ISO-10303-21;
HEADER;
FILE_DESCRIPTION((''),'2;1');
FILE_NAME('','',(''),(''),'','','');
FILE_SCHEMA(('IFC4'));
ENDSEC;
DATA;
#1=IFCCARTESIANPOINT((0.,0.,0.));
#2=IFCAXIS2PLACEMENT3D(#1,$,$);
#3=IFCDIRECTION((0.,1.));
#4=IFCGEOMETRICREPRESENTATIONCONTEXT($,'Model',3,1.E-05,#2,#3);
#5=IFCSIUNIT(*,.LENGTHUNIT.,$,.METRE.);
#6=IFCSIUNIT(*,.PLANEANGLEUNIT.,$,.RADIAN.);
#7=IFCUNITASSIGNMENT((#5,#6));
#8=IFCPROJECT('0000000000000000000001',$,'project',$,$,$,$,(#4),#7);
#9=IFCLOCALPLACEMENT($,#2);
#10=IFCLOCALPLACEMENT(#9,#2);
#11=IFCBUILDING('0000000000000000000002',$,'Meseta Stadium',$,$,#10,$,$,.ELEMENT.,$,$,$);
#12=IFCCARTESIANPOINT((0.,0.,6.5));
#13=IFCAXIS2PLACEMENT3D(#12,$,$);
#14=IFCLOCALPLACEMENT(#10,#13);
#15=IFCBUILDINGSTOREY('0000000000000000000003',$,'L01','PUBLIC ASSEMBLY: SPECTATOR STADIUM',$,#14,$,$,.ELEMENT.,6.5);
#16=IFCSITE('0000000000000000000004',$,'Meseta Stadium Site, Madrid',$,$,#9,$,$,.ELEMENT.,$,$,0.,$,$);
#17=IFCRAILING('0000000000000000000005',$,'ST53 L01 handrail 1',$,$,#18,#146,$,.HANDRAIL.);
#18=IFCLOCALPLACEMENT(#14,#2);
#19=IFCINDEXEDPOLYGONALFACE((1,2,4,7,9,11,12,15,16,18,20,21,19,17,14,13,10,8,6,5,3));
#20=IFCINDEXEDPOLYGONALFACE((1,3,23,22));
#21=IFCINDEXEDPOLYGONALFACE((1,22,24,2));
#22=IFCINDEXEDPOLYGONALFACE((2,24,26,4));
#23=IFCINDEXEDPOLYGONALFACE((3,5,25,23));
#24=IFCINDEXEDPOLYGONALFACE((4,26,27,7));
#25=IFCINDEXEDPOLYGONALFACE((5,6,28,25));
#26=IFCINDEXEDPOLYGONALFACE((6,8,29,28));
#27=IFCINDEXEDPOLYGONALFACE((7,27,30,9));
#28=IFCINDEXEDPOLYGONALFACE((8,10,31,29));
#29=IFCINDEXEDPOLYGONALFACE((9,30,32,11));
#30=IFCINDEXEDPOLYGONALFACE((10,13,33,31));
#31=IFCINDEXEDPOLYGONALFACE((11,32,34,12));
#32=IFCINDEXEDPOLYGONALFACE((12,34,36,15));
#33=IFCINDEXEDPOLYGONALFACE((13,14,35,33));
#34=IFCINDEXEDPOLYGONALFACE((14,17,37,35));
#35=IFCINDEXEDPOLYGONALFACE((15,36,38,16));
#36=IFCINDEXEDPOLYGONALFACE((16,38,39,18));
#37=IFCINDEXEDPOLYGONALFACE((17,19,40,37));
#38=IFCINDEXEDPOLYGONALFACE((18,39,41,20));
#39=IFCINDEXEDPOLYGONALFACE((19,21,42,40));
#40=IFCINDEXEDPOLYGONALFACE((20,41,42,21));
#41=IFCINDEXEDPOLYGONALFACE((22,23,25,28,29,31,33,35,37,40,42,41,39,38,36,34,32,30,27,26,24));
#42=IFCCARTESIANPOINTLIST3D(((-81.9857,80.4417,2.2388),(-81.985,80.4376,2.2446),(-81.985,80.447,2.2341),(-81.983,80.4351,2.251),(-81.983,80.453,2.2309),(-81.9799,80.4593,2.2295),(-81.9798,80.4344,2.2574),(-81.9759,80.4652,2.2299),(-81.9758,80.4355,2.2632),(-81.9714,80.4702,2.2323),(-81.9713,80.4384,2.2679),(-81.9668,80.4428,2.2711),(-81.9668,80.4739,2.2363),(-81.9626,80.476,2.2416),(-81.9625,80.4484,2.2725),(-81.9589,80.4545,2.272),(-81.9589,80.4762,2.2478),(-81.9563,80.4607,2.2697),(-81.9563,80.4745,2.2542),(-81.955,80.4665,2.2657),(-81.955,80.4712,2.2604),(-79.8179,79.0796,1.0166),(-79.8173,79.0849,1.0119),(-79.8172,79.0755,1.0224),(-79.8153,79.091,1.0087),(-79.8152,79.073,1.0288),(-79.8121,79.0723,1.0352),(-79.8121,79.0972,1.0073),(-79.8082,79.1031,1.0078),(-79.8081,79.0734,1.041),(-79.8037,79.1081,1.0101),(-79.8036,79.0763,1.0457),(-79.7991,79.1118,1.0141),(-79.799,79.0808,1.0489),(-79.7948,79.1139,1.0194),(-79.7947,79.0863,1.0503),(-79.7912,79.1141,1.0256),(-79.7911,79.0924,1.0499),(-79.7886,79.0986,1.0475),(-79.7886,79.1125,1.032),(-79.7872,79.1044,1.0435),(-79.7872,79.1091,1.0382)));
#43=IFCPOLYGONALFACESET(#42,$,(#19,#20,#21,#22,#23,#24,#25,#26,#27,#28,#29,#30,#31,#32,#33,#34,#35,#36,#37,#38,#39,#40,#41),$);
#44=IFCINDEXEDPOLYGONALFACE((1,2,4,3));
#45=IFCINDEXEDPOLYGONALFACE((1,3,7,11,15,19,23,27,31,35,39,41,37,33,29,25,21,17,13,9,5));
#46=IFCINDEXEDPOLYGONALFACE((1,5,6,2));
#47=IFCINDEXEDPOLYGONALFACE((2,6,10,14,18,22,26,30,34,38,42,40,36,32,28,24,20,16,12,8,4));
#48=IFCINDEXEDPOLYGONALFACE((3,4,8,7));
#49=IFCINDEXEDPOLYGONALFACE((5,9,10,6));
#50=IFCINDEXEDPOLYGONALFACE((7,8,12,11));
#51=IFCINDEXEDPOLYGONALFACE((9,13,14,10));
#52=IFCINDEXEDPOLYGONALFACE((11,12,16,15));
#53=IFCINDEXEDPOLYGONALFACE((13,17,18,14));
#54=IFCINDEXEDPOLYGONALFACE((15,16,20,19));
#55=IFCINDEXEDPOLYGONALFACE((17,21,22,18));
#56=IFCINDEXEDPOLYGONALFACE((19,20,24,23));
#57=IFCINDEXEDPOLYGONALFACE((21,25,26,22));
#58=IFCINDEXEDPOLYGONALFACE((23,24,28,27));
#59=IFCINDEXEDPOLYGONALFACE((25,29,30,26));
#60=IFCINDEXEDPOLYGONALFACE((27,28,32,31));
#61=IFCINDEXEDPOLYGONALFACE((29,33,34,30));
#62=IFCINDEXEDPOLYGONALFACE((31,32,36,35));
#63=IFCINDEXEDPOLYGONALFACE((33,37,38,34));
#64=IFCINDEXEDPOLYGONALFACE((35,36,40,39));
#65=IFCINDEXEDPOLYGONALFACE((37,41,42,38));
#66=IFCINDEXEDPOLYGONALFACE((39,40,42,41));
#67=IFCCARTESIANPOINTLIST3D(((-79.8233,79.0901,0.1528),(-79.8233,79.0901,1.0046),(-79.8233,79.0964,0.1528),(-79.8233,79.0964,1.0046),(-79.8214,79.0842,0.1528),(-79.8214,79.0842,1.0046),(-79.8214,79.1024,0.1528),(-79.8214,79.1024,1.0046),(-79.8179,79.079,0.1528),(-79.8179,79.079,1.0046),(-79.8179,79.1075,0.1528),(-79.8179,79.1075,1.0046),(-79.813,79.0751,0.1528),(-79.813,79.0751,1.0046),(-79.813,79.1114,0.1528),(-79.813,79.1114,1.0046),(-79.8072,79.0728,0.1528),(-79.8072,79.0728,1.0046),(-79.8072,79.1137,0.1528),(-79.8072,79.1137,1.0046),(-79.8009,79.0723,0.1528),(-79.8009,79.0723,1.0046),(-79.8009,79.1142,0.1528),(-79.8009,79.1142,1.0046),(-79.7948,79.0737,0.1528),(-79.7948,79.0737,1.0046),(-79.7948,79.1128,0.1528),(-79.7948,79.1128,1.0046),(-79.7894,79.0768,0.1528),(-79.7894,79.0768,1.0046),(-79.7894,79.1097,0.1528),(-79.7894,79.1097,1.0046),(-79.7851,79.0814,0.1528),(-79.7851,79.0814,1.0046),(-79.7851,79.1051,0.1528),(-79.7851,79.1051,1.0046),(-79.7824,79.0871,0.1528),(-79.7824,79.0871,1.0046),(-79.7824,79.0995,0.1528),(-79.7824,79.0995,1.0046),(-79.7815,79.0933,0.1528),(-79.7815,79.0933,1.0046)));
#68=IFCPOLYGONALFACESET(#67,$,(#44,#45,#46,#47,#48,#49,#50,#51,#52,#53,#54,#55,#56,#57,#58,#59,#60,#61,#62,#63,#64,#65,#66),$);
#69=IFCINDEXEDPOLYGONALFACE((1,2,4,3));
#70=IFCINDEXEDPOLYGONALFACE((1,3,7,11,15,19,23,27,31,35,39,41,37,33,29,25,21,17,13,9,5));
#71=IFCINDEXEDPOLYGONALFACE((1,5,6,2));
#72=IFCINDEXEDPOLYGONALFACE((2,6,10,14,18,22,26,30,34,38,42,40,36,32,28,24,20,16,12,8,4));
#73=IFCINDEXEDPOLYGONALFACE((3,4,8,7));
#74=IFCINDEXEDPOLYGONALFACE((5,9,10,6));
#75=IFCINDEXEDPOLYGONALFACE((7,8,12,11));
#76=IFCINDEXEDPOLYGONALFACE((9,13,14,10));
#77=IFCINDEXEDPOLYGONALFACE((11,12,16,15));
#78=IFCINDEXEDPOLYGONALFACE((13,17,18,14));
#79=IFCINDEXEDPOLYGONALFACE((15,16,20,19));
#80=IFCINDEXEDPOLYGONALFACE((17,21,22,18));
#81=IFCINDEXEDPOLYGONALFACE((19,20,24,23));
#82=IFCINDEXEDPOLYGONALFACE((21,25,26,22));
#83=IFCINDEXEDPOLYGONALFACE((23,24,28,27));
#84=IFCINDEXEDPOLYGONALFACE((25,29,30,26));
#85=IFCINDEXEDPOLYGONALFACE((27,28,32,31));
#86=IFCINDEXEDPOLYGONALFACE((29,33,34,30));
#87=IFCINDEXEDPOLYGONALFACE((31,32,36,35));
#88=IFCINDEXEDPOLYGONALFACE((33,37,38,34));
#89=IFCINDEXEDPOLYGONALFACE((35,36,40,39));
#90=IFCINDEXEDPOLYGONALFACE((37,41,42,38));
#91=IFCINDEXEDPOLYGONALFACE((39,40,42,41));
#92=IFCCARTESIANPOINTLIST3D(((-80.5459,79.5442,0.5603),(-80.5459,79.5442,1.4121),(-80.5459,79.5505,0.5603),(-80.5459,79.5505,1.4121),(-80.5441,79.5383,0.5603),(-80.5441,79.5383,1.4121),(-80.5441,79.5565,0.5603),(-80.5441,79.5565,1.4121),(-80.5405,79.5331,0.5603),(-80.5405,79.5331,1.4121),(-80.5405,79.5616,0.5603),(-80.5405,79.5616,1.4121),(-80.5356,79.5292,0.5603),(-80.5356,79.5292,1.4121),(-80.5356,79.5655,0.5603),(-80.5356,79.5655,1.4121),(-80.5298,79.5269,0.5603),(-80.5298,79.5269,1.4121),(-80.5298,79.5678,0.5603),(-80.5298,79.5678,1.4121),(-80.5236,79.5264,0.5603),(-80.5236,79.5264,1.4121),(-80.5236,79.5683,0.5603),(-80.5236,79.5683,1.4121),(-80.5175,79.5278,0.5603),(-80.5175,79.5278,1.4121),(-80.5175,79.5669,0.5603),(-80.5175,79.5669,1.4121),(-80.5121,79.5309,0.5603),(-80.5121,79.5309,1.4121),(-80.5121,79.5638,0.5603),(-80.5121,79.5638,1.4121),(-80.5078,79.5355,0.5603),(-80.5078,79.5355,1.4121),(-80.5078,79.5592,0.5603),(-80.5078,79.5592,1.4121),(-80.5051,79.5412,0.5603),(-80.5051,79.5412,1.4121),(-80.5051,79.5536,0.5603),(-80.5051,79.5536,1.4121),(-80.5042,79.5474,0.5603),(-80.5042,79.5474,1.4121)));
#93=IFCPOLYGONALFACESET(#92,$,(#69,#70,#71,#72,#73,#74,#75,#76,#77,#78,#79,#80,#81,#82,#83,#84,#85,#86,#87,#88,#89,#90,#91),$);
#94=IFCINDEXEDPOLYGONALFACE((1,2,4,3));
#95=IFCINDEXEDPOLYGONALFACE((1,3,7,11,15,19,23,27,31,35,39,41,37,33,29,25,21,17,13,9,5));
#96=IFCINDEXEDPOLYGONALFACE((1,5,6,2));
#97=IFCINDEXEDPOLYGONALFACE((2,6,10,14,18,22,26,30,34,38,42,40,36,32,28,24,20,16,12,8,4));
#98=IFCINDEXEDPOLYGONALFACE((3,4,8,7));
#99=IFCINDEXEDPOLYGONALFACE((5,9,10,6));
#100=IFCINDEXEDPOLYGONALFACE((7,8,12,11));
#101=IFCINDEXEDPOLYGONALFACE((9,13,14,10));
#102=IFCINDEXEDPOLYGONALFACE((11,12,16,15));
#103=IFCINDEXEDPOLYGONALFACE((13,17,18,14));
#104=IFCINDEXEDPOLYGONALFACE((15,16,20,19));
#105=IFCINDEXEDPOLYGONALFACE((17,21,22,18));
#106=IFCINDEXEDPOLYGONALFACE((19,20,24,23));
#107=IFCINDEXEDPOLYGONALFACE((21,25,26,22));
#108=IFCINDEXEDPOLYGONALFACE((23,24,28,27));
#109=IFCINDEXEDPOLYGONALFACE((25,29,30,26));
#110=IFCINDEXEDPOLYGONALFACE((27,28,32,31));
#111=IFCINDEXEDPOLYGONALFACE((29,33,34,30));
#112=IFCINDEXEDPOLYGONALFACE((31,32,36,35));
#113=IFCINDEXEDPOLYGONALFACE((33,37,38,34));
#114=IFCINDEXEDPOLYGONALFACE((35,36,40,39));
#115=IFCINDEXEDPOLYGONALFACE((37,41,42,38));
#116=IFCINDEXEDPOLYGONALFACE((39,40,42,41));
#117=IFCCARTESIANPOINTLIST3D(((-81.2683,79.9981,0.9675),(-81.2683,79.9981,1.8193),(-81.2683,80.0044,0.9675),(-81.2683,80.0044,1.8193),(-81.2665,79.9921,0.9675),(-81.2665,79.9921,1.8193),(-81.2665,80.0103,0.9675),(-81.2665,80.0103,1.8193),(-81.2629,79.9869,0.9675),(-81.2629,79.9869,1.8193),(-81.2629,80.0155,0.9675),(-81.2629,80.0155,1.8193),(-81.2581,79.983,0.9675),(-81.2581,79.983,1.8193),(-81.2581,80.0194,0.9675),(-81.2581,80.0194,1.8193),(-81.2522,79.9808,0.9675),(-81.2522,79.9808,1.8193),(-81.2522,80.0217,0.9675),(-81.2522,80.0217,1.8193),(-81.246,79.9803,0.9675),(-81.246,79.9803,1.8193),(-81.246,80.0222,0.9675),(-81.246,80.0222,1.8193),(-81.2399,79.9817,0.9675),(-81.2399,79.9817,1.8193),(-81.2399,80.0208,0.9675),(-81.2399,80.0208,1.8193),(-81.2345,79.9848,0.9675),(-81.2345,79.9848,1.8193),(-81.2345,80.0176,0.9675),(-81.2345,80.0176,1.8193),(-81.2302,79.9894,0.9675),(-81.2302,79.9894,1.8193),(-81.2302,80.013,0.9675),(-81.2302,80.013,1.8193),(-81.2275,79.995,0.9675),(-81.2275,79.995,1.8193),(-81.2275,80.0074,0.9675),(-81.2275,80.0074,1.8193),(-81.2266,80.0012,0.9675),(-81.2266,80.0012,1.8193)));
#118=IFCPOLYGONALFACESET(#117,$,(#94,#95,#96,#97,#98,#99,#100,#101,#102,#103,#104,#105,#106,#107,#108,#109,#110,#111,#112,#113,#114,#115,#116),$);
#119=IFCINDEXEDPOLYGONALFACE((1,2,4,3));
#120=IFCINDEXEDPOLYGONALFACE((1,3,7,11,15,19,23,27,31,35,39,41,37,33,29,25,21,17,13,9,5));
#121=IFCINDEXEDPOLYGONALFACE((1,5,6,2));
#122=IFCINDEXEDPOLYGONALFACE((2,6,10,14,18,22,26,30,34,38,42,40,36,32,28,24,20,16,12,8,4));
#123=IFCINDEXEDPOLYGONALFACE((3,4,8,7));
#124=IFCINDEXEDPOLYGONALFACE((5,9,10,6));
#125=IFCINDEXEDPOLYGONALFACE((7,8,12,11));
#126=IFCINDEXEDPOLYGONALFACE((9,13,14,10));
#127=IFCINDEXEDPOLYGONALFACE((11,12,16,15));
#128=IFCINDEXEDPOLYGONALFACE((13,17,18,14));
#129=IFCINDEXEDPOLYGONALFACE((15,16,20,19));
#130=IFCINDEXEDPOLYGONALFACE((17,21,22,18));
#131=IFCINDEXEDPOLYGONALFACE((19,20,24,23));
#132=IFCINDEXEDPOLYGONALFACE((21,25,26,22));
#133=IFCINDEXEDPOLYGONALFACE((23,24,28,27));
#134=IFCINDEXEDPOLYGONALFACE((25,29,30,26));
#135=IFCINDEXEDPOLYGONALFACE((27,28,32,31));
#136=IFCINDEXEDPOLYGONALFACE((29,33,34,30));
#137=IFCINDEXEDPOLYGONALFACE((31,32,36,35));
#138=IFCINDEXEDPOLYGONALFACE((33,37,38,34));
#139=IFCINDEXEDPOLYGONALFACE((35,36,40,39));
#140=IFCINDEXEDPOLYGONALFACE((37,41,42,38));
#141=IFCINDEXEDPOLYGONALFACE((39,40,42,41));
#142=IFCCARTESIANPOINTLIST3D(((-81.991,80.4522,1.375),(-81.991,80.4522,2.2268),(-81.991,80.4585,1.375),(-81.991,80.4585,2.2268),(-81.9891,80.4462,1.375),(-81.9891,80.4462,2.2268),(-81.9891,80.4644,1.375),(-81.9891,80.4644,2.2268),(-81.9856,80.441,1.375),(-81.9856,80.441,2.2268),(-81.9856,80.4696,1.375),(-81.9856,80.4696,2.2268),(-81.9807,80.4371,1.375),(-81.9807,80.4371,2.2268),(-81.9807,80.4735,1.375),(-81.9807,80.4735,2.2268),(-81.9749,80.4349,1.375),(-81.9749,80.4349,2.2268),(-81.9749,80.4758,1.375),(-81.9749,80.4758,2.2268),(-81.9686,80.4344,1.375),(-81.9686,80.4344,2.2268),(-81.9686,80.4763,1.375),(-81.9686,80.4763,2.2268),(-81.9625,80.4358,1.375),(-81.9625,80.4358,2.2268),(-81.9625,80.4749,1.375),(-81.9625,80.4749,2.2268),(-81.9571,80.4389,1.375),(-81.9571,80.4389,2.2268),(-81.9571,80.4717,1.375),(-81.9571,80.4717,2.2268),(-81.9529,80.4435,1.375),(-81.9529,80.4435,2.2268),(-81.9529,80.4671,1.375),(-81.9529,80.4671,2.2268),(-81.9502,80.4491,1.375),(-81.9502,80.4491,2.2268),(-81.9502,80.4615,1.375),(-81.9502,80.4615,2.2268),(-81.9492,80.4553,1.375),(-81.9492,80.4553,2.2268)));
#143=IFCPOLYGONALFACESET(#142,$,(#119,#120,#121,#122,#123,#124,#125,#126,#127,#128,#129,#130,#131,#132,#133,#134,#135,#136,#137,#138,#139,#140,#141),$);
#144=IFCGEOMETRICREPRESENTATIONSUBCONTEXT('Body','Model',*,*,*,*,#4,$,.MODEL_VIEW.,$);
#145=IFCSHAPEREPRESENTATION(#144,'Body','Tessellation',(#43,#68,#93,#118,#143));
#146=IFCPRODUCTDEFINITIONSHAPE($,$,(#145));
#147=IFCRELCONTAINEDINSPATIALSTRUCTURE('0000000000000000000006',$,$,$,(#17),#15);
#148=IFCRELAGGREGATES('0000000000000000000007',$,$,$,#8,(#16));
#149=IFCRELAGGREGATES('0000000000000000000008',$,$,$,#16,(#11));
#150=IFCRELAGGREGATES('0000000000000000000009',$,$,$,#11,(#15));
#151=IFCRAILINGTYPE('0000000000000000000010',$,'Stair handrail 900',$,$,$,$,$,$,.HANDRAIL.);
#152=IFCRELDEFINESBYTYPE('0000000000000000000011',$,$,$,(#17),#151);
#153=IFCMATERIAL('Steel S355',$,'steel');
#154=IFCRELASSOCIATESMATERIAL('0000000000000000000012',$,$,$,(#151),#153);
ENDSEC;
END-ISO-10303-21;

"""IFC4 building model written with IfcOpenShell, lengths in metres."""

from ifc_helpers import new_model, si_unit, direction, frame, origin, origin_2d, place, context, subcontext, project, spatial, circle, extrude, material, type_object, element, save


model = new_model("IFC4")

# Units and contexts
model_context = context("Model", 3, precision=1e-05, world=origin(), true_north=direction((0.0, 1.0)))
body_context = subcontext(model_context, "Body", "Model", "MODEL_VIEW")
ifc_project = project(units=[si_unit("LENGTHUNIT", "METRE"), si_unit("PLANEANGLEUNIT", "RADIAN")], contexts=[model_context])

# Site, building, storey
site_placement = place(None, origin())
site = spatial("IfcSite", under=ifc_project, at=site_placement, Name="Meseta Stadium Site, Madrid", CompositionType="ELEMENT", RefElevation=0.0)
building_placement = place(site_placement, origin())
building = spatial("IfcBuilding", under=site, at=building_placement, Name="Meseta Stadium", CompositionType="ELEMENT")
storey_placement = place(building_placement, frame((0.0, 0.0, 6.5)))
storey = spatial("IfcBuildingStorey", under=building, at=storey_placement, Name="L01", Description="PUBLIC ASSEMBLY: SPECTATOR STADIUM", CompositionType="ELEMENT", Elevation=6.5)

# Railing
ifc_material_1 = material(Name="Steel S355", Category="steel")
railing_type_1 = type_object("IfcRailingType", Name="Stair handrail 900", PredefinedType="HANDRAIL", material=ifc_material_1)
for number, where, name in (
    (1, (-79.8025, 79.0933, 0.1528), "ST53 L01 handrail 1"),
):
    element("IfcRailing", number, at=place(storey_placement, frame(where)), inside=storey, type_object=railing_type_1, Name=name, PredefinedType="HANDRAIL", context=body_context, shape_type="SweptSolid", body=[
        extrude(circle(Radius=0.0239, at=origin_2d()), frame((0.0, 0.0, 0.876), z_axis=(-0.764121, 0.480125, 0.430813), x_axis=(-0.532029, -0.846726, 0.0)), (0.0, 0.0, 1.0), 2.8369),
        extrude(circle(Radius=0.021, at=origin_2d()), origin(), (0.0, 0.0, 1.0), 0.8518),
        extrude(circle(Radius=0.021, at=origin_2d()), frame((-0.7227, 0.4541, 0.4075)), (0.0, 0.0, 1.0), 0.8518),
        extrude(circle(Radius=0.021, at=origin_2d()), frame((-1.4451, 0.908, 0.8147)), (0.0, 0.0, 1.0), 0.8518),
        extrude(circle(Radius=0.021, at=origin_2d()), frame((-2.1677, 1.3621, 1.2222)), (0.0, 0.0, 1.0), 0.8518),
    ])

save(model, "model.ifc")
